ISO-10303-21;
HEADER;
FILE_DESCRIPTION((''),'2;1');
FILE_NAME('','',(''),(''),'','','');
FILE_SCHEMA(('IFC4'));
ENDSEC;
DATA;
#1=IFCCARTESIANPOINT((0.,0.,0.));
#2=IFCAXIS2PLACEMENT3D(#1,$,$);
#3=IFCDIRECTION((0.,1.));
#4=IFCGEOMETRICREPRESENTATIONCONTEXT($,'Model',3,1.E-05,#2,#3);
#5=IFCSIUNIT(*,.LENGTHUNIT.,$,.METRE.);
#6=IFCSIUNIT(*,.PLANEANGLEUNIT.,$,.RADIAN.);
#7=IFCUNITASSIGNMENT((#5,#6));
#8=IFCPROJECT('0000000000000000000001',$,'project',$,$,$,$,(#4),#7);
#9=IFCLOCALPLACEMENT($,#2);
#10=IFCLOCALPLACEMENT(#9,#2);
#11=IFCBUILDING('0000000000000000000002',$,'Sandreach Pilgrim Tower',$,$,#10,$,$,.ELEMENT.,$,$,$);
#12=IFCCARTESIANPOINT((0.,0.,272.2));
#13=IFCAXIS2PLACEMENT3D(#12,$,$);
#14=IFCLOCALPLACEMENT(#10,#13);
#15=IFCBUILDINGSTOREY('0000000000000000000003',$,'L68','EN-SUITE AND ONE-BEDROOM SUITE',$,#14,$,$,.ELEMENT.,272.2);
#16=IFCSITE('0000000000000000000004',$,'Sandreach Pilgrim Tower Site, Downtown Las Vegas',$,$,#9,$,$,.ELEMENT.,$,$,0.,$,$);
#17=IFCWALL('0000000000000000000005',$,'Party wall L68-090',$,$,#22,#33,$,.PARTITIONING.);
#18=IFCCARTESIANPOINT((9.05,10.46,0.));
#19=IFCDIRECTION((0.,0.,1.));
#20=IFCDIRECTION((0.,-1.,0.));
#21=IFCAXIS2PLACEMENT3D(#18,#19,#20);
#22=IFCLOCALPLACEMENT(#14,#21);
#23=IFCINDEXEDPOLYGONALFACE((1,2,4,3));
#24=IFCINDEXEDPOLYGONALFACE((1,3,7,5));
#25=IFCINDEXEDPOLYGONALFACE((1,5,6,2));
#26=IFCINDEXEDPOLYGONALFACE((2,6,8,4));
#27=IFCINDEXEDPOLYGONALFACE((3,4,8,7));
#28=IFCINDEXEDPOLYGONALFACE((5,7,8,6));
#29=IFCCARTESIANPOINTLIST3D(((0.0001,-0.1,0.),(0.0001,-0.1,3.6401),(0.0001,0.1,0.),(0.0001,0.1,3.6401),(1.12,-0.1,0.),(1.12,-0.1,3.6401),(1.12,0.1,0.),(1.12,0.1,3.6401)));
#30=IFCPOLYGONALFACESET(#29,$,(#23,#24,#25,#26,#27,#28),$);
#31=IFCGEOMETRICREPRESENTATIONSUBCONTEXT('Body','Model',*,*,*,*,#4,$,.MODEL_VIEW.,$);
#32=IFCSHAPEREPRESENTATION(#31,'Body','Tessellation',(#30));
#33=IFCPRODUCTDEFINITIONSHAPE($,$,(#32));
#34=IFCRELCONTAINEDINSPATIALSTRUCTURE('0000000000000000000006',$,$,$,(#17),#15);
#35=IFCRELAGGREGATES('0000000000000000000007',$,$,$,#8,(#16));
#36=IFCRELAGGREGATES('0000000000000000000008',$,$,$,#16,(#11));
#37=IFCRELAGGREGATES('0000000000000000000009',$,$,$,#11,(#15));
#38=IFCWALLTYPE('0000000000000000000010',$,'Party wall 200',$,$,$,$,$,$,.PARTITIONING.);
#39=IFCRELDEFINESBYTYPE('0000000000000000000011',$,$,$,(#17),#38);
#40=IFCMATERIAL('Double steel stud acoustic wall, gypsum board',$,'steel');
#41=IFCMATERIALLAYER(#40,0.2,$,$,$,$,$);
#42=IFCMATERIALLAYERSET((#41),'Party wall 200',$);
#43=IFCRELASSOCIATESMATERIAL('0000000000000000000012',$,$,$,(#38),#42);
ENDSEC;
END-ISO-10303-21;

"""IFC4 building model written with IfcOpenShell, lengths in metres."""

from ifc_helpers import new_model, si_unit, direction, frame, frame_2d, origin, place, context, subcontext, project, spatial, rectangle, extrude, material, layer, layer_set, type_object, element, save


model = new_model("IFC4")

# Units and contexts
model_context = context("Model", 3, precision=1e-05, world=origin(), true_north=direction((0.0, 1.0)))
body_context = subcontext(model_context, "Body", "Model", "MODEL_VIEW")
ifc_project = project(units=[si_unit("LENGTHUNIT", "METRE"), si_unit("PLANEANGLEUNIT", "RADIAN")], contexts=[model_context])

# Site, building, storey
site_placement = place(None, origin())
site = spatial("IfcSite", under=ifc_project, at=site_placement, Name="Sandreach Pilgrim Tower Site, Downtown Las Vegas", CompositionType="ELEMENT", RefElevation=0.0)
building_placement = place(site_placement, origin())
building = spatial("IfcBuilding", under=site, at=building_placement, Name="Sandreach Pilgrim Tower", CompositionType="ELEMENT")
storey_placement = place(building_placement, frame((0.0, 0.0, 272.2)))
storey = spatial("IfcBuildingStorey", under=building, at=storey_placement, Name="L68", Description="EN-SUITE AND ONE-BEDROOM SUITE", CompositionType="ELEMENT", Elevation=272.2)

# Wall
ifc_material_1 = material(Name="Double steel stud acoustic wall, gypsum board", Category="steel")
ifc_layer_1 = layer(ifc_material_1, 0.2)
ifc_layer_set_1 = layer_set([ifc_layer_1], Name="Party wall 200")
wall_type_1 = type_object("IfcWallType", Name="Party wall 200", PredefinedType="PARTITIONING", material=ifc_layer_set_1)
wall_1_placement = place(storey_placement, frame((9.05, 10.46, 0.0), z_axis=(0.0, 0.0, 1.0), x_axis=(0.0, -1.0, 0.0)))
element("IfcWall", 1, at=wall_1_placement, inside=storey, type_object=wall_type_1, Name="Party wall L68-090", PredefinedType="PARTITIONING", context=body_context, shape_type="SweptSolid", body=[
    extrude(rectangle(XDim=1.1199, YDim=0.2, at=frame_2d((0.5601, 0.0))), origin(), (0.0, 0.0, 1.0), 3.6401),
])

save(model, "model.ifc")
